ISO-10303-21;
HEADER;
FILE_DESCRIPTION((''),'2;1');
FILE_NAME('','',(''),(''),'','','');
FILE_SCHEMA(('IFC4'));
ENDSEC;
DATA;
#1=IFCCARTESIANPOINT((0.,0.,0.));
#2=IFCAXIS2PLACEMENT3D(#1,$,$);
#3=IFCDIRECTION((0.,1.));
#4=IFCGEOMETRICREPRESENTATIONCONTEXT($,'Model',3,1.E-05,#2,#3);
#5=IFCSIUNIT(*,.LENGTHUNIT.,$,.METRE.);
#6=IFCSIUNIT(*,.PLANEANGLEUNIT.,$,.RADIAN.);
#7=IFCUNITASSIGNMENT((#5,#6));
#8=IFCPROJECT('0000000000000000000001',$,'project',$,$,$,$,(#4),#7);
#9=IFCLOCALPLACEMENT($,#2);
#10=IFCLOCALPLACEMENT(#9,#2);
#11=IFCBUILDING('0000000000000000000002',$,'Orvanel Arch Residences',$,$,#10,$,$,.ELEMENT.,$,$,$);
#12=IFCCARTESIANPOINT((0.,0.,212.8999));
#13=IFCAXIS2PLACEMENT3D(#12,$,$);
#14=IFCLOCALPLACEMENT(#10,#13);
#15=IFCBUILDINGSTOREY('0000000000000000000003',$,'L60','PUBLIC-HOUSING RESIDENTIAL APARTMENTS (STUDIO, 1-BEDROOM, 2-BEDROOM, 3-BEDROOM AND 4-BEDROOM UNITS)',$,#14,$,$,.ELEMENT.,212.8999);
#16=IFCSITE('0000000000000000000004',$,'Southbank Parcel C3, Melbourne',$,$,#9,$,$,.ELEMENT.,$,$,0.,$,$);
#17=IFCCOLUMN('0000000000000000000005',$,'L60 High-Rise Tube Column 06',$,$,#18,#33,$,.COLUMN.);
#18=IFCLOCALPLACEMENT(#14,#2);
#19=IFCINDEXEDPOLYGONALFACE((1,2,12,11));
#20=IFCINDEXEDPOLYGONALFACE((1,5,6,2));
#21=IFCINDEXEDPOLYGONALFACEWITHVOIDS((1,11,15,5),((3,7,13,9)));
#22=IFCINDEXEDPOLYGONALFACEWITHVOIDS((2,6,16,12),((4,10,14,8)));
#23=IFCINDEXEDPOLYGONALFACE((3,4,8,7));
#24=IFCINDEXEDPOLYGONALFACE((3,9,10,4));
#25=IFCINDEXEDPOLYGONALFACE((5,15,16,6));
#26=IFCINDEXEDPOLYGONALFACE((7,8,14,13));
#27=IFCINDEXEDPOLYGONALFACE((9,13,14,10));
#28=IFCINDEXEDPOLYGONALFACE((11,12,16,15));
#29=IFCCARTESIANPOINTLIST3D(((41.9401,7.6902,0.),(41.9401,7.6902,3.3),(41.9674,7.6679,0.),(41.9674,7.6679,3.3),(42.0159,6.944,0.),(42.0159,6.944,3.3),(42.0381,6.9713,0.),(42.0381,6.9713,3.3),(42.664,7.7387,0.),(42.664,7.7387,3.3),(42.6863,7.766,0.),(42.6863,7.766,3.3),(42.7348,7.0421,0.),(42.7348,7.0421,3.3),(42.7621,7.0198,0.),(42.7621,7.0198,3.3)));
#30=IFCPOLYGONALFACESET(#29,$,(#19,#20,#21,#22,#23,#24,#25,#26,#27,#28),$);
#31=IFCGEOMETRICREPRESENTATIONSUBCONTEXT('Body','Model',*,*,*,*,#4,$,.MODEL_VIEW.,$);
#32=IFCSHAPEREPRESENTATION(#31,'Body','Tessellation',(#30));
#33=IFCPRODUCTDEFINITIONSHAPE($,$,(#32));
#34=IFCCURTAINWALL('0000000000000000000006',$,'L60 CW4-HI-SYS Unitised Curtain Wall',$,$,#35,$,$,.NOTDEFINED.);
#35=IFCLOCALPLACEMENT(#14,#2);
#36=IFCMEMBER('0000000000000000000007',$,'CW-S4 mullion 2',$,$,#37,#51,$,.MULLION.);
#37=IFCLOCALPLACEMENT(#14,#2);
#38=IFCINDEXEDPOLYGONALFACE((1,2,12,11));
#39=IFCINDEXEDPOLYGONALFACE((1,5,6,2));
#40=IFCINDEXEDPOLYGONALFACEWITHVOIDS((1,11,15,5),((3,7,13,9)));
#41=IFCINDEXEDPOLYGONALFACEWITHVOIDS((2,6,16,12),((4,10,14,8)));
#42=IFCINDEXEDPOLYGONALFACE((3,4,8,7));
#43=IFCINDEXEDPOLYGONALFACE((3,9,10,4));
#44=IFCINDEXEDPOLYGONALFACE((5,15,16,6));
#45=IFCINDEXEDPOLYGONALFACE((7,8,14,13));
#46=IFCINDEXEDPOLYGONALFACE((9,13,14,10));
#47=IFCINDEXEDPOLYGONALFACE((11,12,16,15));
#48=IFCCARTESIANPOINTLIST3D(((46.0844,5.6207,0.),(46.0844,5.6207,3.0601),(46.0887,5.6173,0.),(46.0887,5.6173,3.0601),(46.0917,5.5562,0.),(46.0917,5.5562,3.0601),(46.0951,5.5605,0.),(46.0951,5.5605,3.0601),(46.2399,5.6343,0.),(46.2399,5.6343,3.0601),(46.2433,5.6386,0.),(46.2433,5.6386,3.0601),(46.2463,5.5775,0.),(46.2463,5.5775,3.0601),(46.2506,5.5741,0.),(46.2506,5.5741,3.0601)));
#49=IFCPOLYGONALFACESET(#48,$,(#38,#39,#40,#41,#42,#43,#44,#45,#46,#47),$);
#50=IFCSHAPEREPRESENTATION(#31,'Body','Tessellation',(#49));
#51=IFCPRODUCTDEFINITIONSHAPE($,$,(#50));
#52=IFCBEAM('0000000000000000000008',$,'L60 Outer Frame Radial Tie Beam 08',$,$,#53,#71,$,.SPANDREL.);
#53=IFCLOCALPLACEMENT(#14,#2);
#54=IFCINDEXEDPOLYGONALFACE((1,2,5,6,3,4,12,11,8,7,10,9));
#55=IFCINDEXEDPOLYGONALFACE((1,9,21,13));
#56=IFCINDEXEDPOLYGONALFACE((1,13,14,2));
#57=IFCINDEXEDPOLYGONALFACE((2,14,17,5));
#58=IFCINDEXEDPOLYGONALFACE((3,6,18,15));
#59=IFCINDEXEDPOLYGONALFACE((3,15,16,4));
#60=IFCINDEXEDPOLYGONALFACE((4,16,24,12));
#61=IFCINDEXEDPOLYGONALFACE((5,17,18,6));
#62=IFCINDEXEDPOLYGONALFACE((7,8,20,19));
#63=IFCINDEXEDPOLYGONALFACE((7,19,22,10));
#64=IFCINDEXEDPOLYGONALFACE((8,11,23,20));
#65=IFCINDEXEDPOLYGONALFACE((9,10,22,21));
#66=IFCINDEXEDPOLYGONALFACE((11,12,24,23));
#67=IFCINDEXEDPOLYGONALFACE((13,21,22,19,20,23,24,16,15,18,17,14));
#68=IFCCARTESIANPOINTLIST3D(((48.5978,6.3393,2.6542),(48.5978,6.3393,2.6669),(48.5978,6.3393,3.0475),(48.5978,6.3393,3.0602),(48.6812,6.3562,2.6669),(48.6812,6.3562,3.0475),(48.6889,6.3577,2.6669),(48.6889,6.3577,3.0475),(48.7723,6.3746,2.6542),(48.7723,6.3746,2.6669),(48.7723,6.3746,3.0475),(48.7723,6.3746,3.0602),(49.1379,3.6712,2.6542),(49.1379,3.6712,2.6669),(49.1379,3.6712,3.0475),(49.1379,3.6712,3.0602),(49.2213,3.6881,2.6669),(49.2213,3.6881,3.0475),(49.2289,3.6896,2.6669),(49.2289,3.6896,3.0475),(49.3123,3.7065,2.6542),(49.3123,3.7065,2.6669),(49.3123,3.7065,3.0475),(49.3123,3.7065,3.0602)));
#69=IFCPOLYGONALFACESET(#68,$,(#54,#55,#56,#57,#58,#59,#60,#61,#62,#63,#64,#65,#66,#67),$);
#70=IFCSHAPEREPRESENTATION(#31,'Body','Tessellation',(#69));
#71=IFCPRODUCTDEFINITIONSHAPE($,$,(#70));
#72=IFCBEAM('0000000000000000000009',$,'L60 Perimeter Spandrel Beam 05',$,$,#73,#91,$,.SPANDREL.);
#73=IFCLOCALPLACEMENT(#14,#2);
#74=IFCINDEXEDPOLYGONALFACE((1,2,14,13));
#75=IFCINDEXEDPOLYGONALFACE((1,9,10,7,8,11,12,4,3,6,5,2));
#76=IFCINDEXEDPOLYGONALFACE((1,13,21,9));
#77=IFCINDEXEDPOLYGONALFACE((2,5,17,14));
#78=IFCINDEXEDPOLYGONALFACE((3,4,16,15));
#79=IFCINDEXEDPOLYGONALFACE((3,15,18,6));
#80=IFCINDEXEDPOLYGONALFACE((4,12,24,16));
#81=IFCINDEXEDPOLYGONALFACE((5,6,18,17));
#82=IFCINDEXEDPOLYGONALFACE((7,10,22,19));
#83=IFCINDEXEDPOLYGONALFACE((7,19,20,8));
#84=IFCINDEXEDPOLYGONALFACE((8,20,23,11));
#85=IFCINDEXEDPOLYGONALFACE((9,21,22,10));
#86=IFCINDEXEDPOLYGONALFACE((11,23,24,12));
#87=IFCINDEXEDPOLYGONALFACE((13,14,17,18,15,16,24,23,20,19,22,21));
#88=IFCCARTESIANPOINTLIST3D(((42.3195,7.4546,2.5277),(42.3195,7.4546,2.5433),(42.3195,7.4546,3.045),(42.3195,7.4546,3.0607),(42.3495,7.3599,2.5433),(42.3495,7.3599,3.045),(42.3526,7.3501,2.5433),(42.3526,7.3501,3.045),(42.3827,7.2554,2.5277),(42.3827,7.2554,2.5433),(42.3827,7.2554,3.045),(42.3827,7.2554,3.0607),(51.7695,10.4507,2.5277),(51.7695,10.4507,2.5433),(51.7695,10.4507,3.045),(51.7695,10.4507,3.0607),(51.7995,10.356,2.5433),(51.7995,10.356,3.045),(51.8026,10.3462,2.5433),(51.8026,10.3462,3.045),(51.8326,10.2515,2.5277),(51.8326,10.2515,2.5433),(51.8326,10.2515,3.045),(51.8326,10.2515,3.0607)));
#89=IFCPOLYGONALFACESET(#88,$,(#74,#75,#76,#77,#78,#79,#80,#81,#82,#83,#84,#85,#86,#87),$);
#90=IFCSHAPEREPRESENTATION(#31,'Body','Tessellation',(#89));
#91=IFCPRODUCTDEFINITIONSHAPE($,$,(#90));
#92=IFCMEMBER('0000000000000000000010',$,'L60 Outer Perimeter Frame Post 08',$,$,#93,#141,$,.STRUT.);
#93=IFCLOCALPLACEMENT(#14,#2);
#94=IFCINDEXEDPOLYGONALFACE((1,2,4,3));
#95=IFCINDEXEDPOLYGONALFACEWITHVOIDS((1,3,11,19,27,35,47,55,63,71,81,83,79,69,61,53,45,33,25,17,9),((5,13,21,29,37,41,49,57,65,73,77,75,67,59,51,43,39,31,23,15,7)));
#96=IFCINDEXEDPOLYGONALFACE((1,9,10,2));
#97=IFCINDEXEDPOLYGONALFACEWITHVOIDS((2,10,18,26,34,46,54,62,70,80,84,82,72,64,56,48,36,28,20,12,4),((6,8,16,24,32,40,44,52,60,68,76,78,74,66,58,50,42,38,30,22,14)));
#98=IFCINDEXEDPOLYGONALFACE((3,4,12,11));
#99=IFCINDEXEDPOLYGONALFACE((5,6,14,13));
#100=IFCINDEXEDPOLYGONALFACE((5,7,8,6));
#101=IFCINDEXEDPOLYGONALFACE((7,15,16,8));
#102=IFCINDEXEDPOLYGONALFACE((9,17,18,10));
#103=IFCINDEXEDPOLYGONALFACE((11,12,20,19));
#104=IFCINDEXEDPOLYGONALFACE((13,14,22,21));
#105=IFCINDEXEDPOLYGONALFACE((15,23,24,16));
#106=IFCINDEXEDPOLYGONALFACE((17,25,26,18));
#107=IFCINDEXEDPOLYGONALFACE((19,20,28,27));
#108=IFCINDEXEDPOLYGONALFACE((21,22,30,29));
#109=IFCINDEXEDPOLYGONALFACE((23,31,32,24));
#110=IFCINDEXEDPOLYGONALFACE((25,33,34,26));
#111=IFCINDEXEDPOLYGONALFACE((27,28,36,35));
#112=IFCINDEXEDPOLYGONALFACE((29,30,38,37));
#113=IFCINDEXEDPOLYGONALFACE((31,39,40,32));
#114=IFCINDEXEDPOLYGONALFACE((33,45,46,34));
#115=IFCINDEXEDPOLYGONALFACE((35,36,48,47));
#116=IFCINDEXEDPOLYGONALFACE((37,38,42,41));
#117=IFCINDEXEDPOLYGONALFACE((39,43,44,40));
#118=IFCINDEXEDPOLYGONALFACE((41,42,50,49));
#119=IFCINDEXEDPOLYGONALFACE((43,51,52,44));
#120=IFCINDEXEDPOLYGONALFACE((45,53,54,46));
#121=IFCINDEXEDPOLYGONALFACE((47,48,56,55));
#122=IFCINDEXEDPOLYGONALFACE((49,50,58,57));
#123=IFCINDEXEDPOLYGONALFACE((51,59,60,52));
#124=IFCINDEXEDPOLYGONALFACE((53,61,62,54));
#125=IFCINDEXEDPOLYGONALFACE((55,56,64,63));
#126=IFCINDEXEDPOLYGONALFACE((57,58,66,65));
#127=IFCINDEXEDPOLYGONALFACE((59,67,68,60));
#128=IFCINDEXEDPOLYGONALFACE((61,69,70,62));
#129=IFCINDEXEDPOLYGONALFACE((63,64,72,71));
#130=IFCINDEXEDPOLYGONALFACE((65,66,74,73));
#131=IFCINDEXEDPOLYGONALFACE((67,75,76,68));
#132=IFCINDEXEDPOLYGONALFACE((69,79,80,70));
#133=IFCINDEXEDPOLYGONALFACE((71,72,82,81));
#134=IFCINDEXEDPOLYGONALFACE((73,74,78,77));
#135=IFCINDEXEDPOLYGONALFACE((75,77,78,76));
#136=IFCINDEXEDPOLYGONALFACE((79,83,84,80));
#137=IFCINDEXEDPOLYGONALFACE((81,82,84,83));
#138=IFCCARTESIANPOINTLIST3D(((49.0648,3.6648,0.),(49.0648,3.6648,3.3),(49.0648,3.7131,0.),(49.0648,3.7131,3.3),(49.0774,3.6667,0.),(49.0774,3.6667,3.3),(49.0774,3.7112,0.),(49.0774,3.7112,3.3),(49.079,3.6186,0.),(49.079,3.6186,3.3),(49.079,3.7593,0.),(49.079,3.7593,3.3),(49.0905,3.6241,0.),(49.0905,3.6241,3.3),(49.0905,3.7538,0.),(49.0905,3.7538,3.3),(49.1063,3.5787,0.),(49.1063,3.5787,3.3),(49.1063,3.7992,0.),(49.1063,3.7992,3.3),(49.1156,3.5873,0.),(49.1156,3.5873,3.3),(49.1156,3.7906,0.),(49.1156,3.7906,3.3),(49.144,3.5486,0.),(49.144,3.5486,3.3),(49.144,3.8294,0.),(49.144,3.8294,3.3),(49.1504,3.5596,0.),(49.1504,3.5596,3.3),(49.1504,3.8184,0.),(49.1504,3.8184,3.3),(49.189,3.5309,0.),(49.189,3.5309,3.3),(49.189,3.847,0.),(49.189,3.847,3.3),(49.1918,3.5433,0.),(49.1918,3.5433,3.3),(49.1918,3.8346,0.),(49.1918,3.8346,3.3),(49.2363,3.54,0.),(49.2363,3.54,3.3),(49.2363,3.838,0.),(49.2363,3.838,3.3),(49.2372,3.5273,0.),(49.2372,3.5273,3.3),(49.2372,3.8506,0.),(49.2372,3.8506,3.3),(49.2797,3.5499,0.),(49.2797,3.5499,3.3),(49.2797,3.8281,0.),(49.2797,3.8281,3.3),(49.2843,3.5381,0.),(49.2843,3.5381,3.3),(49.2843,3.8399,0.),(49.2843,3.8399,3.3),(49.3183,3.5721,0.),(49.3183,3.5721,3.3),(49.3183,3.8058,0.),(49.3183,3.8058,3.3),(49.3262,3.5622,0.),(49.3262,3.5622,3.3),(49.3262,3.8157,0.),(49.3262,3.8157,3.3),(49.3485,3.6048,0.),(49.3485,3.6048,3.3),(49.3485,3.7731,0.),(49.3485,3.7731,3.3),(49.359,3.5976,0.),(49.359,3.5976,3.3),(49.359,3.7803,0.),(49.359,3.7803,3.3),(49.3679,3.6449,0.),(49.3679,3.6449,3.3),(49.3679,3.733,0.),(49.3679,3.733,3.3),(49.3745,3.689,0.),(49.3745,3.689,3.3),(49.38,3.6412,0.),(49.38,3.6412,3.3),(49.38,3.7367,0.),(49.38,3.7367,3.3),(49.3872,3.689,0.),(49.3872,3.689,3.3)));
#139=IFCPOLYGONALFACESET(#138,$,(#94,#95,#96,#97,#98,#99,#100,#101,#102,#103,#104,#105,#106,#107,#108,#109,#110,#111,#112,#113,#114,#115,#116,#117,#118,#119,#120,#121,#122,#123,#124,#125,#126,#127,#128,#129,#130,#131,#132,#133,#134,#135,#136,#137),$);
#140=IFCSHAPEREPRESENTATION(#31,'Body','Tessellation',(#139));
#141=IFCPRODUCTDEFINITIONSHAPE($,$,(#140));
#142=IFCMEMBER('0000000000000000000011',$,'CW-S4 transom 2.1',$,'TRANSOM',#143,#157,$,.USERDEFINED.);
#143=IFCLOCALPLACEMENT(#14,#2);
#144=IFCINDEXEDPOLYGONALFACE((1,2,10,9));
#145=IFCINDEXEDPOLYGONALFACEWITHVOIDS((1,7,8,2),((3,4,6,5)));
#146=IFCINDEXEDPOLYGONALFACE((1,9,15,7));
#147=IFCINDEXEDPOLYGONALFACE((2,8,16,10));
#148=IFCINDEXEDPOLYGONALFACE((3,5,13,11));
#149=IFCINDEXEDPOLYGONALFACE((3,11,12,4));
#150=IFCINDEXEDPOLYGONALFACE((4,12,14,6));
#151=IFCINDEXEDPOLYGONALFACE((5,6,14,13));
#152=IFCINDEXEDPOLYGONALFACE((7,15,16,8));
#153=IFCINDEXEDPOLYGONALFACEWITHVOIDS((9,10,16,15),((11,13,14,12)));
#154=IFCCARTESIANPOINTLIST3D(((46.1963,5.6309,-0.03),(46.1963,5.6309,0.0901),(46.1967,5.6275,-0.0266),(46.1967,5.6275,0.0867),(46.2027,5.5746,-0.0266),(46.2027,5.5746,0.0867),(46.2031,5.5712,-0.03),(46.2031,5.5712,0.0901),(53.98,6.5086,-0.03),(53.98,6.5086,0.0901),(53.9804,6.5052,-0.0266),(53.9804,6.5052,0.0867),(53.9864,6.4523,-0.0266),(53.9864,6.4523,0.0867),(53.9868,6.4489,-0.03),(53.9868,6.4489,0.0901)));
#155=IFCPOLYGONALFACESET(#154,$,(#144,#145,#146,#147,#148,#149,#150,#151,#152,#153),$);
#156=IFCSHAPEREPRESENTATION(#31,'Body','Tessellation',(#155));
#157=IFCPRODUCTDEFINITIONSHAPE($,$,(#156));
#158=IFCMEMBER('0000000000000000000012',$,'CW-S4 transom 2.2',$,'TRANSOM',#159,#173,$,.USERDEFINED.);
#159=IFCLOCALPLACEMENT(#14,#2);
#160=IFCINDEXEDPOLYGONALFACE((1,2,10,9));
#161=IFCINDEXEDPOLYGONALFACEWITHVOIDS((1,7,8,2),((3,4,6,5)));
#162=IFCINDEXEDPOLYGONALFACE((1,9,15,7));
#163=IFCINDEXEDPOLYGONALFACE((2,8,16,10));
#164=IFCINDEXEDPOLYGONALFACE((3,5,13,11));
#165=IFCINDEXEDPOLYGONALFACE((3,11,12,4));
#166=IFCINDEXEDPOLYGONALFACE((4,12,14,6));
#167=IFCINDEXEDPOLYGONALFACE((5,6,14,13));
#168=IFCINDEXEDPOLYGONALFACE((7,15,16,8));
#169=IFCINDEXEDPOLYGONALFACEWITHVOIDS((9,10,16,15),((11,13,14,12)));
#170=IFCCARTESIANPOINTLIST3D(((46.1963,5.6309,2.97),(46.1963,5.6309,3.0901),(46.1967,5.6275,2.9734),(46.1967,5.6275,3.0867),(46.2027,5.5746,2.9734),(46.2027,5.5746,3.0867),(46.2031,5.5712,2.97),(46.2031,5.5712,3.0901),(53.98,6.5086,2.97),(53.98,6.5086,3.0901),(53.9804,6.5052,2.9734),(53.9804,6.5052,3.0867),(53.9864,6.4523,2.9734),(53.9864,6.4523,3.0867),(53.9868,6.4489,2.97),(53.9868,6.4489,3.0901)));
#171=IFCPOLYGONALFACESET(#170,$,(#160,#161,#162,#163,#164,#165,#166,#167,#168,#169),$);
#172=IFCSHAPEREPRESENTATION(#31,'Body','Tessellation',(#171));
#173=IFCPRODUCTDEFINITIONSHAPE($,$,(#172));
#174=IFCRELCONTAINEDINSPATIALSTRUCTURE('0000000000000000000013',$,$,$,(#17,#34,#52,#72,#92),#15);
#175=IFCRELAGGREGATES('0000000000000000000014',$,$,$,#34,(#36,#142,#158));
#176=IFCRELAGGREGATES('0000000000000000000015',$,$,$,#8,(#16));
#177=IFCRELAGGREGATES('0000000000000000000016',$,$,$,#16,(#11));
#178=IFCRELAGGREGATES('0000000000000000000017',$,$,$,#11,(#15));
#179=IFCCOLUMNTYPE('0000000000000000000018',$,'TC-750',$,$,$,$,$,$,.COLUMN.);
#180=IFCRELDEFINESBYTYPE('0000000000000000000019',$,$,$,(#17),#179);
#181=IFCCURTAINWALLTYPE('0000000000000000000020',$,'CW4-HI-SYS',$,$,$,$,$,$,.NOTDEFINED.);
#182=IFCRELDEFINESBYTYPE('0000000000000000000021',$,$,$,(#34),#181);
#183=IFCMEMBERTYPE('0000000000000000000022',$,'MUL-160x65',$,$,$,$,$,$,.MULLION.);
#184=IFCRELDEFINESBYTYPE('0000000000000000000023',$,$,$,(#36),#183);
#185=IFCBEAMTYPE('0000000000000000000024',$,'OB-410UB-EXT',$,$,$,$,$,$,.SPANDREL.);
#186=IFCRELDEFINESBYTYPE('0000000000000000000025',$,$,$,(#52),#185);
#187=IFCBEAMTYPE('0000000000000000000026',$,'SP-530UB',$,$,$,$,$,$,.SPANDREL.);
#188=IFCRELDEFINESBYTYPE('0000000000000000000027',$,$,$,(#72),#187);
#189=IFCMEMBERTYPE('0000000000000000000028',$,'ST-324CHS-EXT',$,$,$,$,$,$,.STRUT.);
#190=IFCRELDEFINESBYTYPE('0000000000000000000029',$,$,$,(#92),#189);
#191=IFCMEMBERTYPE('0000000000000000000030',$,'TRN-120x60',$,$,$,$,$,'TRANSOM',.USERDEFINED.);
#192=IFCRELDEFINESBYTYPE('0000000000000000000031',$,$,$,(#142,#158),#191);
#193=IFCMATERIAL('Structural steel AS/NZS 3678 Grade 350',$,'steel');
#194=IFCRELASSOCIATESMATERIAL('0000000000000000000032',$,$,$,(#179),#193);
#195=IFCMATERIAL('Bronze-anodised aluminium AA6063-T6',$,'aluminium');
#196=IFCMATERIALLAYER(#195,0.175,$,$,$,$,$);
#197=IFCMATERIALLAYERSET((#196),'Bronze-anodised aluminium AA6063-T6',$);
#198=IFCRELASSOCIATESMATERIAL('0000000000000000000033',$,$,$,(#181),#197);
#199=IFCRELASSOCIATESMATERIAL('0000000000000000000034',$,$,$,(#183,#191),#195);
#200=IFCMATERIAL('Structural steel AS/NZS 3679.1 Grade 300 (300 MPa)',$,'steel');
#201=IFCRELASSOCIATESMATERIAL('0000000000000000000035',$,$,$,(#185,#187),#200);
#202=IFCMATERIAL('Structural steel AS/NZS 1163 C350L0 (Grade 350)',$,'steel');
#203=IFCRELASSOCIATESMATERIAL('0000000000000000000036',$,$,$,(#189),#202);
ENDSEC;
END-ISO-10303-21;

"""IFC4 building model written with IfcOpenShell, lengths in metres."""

from ifc_helpers import new_model, si_unit, direction, frame, origin, origin_2d, place, context, subcontext, project, spatial, hollow_rectangle, hollow_circle, i_section, extrude, material, layer, layer_set, material_profile, profile_set, type_object, element, aggregate, save


model = new_model("IFC4")

# Units and contexts
model_context = context("Model", 3, precision=1e-05, world=origin(), true_north=direction((0.0, 1.0)))
body_context = subcontext(model_context, "Body", "Model", "MODEL_VIEW")
ifc_project = project(units=[si_unit("LENGTHUNIT", "METRE"), si_unit("PLANEANGLEUNIT", "RADIAN")], contexts=[model_context])

# Site, building, storey
site_placement = place(None, origin())
site = spatial("IfcSite", under=ifc_project, at=site_placement, Name="Southbank Parcel C3, Melbourne", CompositionType="ELEMENT", RefElevation=0.0)
building_placement = place(site_placement, origin())
building = spatial("IfcBuilding", under=site, at=building_placement, Name="Orvanel Arch Residences", CompositionType="ELEMENT")
storey_placement = place(building_placement, frame((0.0, 0.0, 212.8999)))
storey = spatial("IfcBuildingStorey", under=building, at=storey_placement, Name="L60", Description="PUBLIC-HOUSING RESIDENTIAL APARTMENTS (STUDIO, 1-BEDROOM, 2-BEDROOM, 3-BEDROOM AND 4-BEDROOM UNITS)", CompositionType="ELEMENT", Elevation=212.8999)

# Column
ifc_material_1 = material(Name="Structural steel AS/NZS 3678 Grade 350", Category="steel")
ifc_material_profile_1 = material_profile(ifc_material_1, hollow_rectangle(XDim=0.75, YDim=0.75, WallThickness=0.0249, at=origin_2d()), Name="BOX750x750x25")
ifc_profile_set_1 = profile_set([ifc_material_profile_1], Name="Structural steel AS/NZS 3678 Grade 350")
column_type = type_object("IfcColumnType", Name="TC-750", PredefinedType="COLUMN", material=ifc_profile_set_1)
column_placement = place(storey_placement, frame((42.3511, 7.355, 0.0), z_axis=(0.0, 0.0, 1.0), x_axis=(0.994881, 0.101056, 0.0)))
element("IfcColumn", 1, at=column_placement, inside=storey, type_object=column_type, Name="L60 High-Rise Tube Column 06", PredefinedType="COLUMN", context=body_context, shape_type="SweptSolid", body=[
    extrude(hollow_rectangle(XDim=0.75, YDim=0.75, WallThickness=0.0249, at=origin_2d()), origin(), (0.0, 0.0, 1.0), 3.3),
])

# Curtain wall, member
ifc_material_2 = material(Name="Bronze-anodised aluminium AA6063-T6", Category="aluminium")
ifc_layer_1 = layer(ifc_material_2, 0.175)
ifc_layer_set_1 = layer_set([ifc_layer_1], Name="Bronze-anodised aluminium AA6063-T6")
curtain_wall_type = type_object("IfcCurtainWallType", Name="CW4-HI-SYS", PredefinedType="NOTDEFINED", material=ifc_layer_set_1)
curtain_wall_placement = place(storey_placement, origin())
curtain_wall = element("IfcCurtainWall", 2, at=curtain_wall_placement, inside=storey, type_object=curtain_wall_type, Name="L60 CW4-HI-SYS Unitised Curtain Wall", PredefinedType="NOTDEFINED")
ifc_material_profile_2 = material_profile(ifc_material_2, hollow_rectangle(XDim=0.0649, YDim=0.1599, WallThickness=0.0039, at=origin_2d()), Name="ALU160x65x4")
ifc_profile_set_2 = profile_set([ifc_material_profile_2], Name="Bronze-anodised aluminium AA6063-T6")
member_type_1 = type_object("IfcMemberType", Name="MUL-160x65", PredefinedType="MULLION", material=ifc_profile_set_2)
member_1_placement = place(storey_placement, frame((46.1675, 5.5974, 0.0), z_axis=(0.0, 0.0, 1.0), x_axis=(-0.112037, 0.993704, 0.0)))
member_1 = element("IfcMember", 3, at=member_1_placement, type_object=member_type_1, Name="CW-S4 mullion 2", PredefinedType="MULLION", context=body_context, shape_type="SweptSolid", body=[
    extrude(hollow_rectangle(XDim=0.0649, YDim=0.1599, WallThickness=0.0039, at=origin_2d()), origin(), (0.0, 0.0, 1.0), 3.0601),
])

# Beams
ifc_material_3 = material(Name="Structural steel AS/NZS 3679.1 Grade 300 (300 MPa)", Category="steel")
ifc_material_profile_3 = material_profile(ifc_material_3, i_section(OverallWidth=0.178, OverallDepth=0.406, WebThickness=0.0078, FlangeThickness=0.0127, at=origin_2d()), Name="410UB59.7")
ifc_profile_set_3 = profile_set([ifc_material_profile_3], Name="Structural steel AS/NZS 3679.1 Grade 300 (300 MPa)")
beam_type_1 = type_object("IfcBeamType", Name="OB-410UB-EXT", PredefinedType="SPANDREL", material=ifc_profile_set_3)
beam_1_placement = place(storey_placement, frame((48.6851, 6.3569, 2.8572), z_axis=(0.198392, -0.980123, 0.0), x_axis=(0.980123, 0.198392, 0.0)))
element("IfcBeam", 4, at=beam_1_placement, inside=storey, type_object=beam_type_1, Name="L60 Outer Frame Radial Tie Beam 08", PredefinedType="SPANDREL", context=body_context, shape_type="SweptSolid", body=[
    extrude(i_section(OverallWidth=0.178, OverallDepth=0.406, WebThickness=0.0078, FlangeThickness=0.0127, at=origin_2d()), origin(), (0.0, 0.0, 1.0), 2.7222),
])
ifc_material_profile_4 = material_profile(ifc_material_3, i_section(OverallWidth=0.209, OverallDepth=0.533, WebThickness=0.0103, FlangeThickness=0.0156, at=origin_2d()), Name="530UB92.4")
ifc_profile_set_4 = profile_set([ifc_material_profile_4], Name="Structural steel AS/NZS 3679.1 Grade 300 (300 MPa)")
beam_type_2 = type_object("IfcBeamType", Name="SP-530UB", PredefinedType="SPANDREL", material=ifc_profile_set_4)
beam_2_placement = place(storey_placement, frame((42.3511, 7.355, 2.7942), z_axis=(0.953237, 0.302223, 0.0), x_axis=(-0.302223, 0.953237, 0.0)))
element("IfcBeam", 5, at=beam_2_placement, inside=storey, type_object=beam_type_2, Name="L60 Perimeter Spandrel Beam 05", PredefinedType="SPANDREL", context=body_context, shape_type="SweptSolid", body=[
    extrude(i_section(OverallWidth=0.209, OverallDepth=0.533, WebThickness=0.0103, FlangeThickness=0.0156, at=origin_2d()), origin(), (0.0, 0.0, 1.0), 9.9136),
])

# Members
ifc_material_4 = material(Name="Structural steel AS/NZS 1163 C350L0 (Grade 350)", Category="steel")
ifc_material_profile_5 = material_profile(ifc_material_4, hollow_circle(Radius=0.1621, WallThickness=0.0127, at=origin_2d()), Name="CHS324x12.7")
ifc_profile_set_5 = profile_set([ifc_material_profile_5], Name="Structural steel AS/NZS 1163 C350L0 (Grade 350)")
member_type_2 = type_object("IfcMemberType", Name="ST-324CHS-EXT", PredefinedType="STRUT", material=ifc_profile_set_5)
member_2_placement = place(storey_placement, frame((49.2251, 3.689, 0.0), z_axis=(0.0, 0.0, 1.0), x_axis=(1.0, 0.0, 0.0)))
element("IfcMember", 6, at=member_2_placement, inside=storey, type_object=member_type_2, Name="L60 Outer Perimeter Frame Post 08", PredefinedType="STRUT", context=body_context, shape_type="SweptSolid", body=[
    extrude(hollow_circle(Radius=0.1621, WallThickness=0.0127, at=origin_2d()), origin(), (0.0, 0.0, 1.0), 3.3),
])
ifc_material_profile_6 = material_profile(ifc_material_2, hollow_rectangle(XDim=0.0601, YDim=0.1201, WallThickness=0.0034, at=origin_2d()), Name="ALU120x60x3.5")
ifc_profile_set_6 = profile_set([ifc_material_profile_6], Name="Bronze-anodised aluminium AA6063-T6")
member_type_3 = type_object("IfcMemberType", Name="TRN-120x60", ElementType="TRANSOM", PredefinedType="USERDEFINED", material=ifc_profile_set_6)
member_3_placement = place(storey_placement, frame((46.1997, 5.6011, 0.03), z_axis=(0.993703, 0.112049, 0.0), x_axis=(-0.112049, 0.993703, 0.0)))
member_3 = element("IfcMember", 7, at=member_3_placement, type_object=member_type_3, Name="CW-S4 transom 2.1", ObjectType="TRANSOM", PredefinedType="USERDEFINED", context=body_context, shape_type="SweptSolid", body=[
    extrude(hollow_rectangle(XDim=0.0601, YDim=0.1201, WallThickness=0.0034, at=origin_2d()), origin(), (0.0, 0.0, 1.0), 7.833),
])
member_4_placement = place(storey_placement, frame((46.1997, 5.6011, 3.03), z_axis=(0.993703, 0.112049, 0.0), x_axis=(-0.112049, 0.993703, 0.0)))
member_4 = element("IfcMember", 8, at=member_4_placement, type_object=member_type_3, Name="CW-S4 transom 2.2", ObjectType="TRANSOM", PredefinedType="USERDEFINED", context=body_context, shape_type="SweptSolid", body=[
    extrude(hollow_rectangle(XDim=0.0601, YDim=0.1201, WallThickness=0.0034, at=origin_2d()), origin(), (0.0, 0.0, 1.0), 7.833),
])

aggregate(curtain_wall, [member_1, member_3, member_4])

save(model, "model.ifc")
